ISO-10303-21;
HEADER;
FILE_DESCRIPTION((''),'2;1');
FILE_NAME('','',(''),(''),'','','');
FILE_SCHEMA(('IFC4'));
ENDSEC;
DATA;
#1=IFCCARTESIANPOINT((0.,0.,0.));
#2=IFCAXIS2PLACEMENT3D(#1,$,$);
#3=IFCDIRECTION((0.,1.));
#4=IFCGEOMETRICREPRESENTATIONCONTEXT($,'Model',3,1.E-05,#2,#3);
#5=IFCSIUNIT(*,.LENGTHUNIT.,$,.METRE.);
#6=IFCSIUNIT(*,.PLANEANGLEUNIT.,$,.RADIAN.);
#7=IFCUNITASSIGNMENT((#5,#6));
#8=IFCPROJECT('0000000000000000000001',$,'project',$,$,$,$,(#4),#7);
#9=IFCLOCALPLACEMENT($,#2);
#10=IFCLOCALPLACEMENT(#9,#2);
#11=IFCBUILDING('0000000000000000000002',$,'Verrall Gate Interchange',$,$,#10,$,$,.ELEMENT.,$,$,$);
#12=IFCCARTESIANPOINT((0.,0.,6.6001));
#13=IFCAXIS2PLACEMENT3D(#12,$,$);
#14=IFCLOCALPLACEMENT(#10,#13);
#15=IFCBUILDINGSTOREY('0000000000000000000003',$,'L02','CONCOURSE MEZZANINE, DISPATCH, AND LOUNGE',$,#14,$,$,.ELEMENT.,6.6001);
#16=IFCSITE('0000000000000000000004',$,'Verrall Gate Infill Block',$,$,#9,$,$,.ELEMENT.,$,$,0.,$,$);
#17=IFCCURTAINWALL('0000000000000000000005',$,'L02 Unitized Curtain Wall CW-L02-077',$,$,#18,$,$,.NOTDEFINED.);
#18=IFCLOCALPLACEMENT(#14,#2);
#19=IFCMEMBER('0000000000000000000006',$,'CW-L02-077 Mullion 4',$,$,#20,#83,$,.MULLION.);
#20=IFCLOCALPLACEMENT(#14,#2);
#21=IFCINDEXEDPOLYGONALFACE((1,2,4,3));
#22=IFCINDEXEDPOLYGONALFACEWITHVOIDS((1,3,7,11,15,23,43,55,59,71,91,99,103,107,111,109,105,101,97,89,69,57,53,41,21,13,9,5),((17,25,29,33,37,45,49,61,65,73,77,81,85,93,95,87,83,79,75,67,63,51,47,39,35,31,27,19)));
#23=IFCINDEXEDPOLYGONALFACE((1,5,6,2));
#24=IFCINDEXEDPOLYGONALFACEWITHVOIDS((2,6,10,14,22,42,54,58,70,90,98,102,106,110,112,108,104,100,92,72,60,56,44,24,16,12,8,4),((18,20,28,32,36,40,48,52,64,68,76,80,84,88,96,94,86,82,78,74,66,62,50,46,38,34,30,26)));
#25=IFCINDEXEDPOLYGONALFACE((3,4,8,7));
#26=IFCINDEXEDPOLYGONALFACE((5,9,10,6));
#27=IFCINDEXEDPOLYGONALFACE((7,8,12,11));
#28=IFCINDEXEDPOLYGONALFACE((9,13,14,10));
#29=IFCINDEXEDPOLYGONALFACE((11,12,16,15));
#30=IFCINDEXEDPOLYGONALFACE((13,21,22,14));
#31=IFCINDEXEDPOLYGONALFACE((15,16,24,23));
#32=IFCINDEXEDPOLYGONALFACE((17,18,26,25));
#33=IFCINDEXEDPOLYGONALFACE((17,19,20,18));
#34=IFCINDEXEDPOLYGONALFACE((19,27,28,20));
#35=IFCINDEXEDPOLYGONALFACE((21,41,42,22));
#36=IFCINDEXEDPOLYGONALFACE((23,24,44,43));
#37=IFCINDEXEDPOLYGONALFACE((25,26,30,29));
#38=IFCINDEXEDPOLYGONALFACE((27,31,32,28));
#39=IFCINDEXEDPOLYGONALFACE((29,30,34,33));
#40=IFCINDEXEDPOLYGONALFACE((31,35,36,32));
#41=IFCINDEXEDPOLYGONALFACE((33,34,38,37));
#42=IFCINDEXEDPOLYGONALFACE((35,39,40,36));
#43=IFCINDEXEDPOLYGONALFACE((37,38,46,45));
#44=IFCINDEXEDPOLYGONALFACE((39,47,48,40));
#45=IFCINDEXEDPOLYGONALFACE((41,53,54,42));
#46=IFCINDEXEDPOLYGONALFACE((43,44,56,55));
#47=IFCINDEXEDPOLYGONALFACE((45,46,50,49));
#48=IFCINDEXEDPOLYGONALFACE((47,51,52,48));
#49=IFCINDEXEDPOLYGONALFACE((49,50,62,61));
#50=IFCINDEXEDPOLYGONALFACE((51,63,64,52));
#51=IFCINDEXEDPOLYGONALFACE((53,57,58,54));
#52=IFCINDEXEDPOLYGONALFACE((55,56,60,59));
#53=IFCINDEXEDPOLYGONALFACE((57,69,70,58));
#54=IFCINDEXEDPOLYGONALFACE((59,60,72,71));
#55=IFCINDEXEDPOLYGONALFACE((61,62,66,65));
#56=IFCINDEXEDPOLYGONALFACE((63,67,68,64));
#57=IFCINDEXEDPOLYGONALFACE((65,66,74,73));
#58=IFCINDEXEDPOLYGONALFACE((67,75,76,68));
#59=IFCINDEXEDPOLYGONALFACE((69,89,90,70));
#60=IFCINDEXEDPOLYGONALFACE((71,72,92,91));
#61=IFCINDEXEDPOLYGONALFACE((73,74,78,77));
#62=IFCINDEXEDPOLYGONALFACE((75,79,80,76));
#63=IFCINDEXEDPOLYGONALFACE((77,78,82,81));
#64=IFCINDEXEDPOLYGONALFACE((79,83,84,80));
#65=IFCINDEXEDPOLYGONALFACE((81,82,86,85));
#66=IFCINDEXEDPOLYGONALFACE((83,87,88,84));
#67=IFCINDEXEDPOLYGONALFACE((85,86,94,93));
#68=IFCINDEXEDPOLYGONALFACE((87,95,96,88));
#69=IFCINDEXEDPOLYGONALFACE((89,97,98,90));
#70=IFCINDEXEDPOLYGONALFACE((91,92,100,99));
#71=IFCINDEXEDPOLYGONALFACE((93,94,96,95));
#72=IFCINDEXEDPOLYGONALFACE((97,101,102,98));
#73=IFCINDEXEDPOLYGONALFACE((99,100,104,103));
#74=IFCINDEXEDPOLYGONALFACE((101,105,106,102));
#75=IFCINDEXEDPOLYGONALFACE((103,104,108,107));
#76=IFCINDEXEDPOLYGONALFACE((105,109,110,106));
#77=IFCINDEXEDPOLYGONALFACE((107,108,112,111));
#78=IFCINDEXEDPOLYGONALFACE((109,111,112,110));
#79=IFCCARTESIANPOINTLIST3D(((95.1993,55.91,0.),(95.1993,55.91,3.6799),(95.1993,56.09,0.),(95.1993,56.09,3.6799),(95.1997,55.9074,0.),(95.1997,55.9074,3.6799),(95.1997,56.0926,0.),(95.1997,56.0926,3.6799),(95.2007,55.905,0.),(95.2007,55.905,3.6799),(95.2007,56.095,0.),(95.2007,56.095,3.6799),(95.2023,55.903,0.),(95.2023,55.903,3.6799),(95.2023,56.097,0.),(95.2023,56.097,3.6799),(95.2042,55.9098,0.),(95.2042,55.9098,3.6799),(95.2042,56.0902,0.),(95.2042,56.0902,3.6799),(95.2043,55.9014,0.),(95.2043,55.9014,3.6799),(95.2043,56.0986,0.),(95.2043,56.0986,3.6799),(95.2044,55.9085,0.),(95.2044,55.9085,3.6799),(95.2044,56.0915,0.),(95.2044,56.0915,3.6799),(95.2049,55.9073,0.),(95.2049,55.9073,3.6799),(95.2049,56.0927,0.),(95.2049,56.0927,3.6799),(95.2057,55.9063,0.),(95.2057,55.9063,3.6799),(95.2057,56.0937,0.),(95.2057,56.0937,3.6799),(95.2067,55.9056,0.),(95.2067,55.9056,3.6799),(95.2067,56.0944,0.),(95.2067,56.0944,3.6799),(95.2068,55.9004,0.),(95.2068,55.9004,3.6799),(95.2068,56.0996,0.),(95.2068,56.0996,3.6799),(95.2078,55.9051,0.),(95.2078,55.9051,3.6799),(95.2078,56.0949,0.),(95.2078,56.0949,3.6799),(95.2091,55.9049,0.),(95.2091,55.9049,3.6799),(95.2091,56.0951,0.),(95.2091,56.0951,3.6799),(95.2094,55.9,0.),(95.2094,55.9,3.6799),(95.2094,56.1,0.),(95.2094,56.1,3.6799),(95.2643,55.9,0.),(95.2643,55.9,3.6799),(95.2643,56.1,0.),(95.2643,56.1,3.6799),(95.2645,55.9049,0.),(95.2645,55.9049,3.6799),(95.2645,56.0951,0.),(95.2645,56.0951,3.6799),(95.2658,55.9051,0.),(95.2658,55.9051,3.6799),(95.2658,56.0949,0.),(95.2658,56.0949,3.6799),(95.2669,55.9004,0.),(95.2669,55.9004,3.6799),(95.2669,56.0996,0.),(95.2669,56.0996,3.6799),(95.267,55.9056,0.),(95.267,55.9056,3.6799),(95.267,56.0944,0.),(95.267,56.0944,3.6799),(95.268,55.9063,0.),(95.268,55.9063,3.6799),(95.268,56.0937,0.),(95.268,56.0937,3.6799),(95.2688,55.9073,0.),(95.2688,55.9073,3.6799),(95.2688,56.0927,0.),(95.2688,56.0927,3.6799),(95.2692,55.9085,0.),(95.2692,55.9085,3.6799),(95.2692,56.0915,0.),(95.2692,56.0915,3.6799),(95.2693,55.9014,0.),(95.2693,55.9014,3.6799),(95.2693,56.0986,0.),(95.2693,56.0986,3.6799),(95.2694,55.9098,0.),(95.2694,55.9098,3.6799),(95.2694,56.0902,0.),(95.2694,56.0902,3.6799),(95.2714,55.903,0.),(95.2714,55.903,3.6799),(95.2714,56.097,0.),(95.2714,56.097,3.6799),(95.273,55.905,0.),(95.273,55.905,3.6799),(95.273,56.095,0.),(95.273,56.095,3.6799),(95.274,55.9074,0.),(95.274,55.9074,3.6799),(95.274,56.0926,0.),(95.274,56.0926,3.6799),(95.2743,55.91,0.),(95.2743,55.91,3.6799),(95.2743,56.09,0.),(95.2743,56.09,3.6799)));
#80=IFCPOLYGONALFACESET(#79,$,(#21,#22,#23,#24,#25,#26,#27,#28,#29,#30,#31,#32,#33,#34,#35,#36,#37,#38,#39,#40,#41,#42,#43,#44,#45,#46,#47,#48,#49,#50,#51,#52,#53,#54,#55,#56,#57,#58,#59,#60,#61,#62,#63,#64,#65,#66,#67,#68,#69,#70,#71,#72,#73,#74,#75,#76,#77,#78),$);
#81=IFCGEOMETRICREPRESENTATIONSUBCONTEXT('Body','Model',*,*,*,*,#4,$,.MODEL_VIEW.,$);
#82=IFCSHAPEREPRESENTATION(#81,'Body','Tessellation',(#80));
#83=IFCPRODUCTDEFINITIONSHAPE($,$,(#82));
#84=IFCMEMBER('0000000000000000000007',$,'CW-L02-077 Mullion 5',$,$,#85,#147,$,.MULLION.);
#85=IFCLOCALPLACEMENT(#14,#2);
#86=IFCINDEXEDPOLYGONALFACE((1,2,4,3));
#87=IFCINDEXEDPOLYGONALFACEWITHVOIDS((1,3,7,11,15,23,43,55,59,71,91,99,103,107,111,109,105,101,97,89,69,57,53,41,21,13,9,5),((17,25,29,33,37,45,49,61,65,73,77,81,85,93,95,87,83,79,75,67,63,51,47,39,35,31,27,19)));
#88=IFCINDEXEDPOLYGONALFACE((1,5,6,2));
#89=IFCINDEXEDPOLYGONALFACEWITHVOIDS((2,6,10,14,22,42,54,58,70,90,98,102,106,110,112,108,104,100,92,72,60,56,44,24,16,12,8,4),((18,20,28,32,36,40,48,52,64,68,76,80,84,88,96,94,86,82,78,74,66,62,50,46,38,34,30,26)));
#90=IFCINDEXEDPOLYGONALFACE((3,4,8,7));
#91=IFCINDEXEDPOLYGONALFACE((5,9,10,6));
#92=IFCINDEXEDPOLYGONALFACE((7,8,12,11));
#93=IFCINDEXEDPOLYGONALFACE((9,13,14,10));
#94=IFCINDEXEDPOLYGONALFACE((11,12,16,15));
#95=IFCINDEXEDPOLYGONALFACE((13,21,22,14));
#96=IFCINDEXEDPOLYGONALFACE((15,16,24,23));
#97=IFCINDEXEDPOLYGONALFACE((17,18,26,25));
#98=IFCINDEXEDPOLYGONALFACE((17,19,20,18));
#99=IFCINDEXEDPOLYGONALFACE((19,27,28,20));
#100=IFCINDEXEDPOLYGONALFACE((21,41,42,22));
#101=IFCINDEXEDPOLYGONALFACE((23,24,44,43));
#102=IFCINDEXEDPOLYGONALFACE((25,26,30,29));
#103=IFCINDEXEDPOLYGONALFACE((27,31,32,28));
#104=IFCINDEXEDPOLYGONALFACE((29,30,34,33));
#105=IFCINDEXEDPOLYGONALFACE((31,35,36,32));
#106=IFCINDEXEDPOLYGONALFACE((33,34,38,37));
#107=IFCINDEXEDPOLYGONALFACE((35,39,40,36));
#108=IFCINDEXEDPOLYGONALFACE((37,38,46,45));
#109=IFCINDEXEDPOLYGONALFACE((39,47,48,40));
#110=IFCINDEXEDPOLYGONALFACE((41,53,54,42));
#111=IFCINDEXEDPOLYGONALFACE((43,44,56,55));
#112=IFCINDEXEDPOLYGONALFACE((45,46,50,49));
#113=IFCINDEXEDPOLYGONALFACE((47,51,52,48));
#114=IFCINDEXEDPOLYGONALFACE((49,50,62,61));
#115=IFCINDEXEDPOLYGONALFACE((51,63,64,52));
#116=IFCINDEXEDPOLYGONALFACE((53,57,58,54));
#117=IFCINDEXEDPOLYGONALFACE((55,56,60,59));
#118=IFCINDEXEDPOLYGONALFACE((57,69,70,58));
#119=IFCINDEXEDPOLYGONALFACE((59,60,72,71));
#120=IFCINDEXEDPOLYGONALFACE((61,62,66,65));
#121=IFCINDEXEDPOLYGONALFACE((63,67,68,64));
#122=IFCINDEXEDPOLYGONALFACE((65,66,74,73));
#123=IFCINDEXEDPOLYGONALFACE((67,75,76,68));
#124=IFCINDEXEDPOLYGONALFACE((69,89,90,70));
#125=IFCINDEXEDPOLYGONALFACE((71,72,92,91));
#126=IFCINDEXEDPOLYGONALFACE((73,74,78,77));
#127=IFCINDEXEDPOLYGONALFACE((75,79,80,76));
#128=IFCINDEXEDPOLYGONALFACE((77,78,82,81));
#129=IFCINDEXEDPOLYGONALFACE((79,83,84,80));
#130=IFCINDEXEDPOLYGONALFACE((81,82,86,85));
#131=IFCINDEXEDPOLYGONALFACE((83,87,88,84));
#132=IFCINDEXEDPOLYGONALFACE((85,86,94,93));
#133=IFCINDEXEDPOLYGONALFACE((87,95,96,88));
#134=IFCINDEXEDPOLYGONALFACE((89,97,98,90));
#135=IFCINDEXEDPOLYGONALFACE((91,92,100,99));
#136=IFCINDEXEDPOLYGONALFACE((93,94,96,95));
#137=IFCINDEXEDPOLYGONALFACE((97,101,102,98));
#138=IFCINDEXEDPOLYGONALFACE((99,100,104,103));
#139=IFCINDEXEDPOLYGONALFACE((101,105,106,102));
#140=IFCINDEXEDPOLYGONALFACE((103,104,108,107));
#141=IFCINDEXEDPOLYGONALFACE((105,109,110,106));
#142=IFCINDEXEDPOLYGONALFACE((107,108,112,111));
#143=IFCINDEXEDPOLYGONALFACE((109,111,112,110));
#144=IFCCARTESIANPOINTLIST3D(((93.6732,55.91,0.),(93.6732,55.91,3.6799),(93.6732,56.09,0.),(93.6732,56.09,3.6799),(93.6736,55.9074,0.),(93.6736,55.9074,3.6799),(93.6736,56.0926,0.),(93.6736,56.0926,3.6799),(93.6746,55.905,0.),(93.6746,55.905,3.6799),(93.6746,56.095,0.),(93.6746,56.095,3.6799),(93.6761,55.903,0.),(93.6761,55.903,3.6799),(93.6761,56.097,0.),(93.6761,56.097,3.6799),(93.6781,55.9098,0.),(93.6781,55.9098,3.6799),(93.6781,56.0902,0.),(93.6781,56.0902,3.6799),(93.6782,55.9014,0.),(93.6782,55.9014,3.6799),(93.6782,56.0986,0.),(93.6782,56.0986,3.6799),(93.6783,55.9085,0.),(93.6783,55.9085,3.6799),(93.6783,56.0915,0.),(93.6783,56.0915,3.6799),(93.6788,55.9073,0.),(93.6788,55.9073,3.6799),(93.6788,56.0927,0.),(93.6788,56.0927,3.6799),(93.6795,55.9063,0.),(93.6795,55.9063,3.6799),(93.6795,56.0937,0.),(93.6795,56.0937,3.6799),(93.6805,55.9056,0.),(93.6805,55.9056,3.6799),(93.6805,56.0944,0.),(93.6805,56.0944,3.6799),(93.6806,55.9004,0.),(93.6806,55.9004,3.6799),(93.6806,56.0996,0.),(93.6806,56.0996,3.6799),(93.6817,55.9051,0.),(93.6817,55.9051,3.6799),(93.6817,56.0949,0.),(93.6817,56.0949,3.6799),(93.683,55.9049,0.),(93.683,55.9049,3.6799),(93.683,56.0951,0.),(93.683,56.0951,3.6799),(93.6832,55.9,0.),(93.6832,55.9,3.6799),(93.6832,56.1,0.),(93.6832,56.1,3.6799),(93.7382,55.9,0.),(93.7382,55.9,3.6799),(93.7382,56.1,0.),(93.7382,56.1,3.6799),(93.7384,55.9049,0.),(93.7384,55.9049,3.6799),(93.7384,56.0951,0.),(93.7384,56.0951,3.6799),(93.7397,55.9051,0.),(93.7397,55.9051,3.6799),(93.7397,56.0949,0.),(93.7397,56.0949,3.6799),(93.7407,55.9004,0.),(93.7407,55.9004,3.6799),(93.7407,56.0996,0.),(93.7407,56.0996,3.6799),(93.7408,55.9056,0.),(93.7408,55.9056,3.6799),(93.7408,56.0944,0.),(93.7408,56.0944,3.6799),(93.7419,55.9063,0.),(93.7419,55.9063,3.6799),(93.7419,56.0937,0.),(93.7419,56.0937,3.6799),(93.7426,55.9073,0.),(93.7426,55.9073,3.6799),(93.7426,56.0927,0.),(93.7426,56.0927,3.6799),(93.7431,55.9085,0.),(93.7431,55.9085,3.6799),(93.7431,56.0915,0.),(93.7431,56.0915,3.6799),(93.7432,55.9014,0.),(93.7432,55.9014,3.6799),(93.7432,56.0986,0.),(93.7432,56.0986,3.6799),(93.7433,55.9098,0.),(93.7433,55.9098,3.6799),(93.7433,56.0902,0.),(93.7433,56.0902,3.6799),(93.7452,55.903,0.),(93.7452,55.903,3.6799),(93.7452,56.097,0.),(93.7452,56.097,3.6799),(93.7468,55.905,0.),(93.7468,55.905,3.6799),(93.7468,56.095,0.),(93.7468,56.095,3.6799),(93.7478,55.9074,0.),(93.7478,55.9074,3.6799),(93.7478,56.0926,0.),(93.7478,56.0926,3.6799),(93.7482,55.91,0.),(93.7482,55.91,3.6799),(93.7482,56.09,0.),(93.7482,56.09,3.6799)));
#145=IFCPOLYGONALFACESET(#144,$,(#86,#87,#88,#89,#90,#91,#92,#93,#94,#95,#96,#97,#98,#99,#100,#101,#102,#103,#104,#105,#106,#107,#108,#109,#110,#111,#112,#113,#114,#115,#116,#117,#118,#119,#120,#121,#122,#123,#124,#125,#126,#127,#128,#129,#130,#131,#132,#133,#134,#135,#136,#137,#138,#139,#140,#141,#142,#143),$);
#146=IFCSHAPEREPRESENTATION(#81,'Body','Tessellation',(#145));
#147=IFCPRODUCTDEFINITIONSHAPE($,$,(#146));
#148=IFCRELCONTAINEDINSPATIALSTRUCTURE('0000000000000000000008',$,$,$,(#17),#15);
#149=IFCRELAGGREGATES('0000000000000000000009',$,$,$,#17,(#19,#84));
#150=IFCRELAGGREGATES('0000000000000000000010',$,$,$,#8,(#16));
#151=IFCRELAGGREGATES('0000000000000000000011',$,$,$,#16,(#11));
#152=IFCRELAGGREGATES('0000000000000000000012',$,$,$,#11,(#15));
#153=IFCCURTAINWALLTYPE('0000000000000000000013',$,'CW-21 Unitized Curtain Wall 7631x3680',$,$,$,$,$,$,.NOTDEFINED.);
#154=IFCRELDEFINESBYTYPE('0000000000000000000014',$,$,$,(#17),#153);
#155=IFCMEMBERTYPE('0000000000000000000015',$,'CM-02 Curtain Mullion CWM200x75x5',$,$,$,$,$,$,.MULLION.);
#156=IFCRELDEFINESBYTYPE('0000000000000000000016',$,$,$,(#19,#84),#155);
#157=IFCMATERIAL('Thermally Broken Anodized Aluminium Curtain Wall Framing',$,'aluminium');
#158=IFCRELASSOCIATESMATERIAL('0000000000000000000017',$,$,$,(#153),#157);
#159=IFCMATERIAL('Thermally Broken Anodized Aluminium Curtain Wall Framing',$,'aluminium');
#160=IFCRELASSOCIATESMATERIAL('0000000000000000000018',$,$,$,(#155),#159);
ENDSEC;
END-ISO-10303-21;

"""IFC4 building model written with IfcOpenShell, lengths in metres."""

from ifc_helpers import new_model, si_unit, direction, frame, origin, origin_2d, place, context, subcontext, project, spatial, hollow_rectangle, extrude, material, material_profile, profile_set, type_object, element, aggregate, save


model = new_model("IFC4")

# Units and contexts
model_context = context("Model", 3, precision=1e-05, world=origin(), true_north=direction((0.0, 1.0)))
body_context = subcontext(model_context, "Body", "Model", "MODEL_VIEW")
ifc_project = project(units=[si_unit("LENGTHUNIT", "METRE"), si_unit("PLANEANGLEUNIT", "RADIAN")], contexts=[model_context])

# Site, building, storey
site_placement = place(None, origin())
site = spatial("IfcSite", under=ifc_project, at=site_placement, Name="Verrall Gate Infill Block", CompositionType="ELEMENT", RefElevation=0.0)
building_placement = place(site_placement, origin())
building = spatial("IfcBuilding", under=site, at=building_placement, Name="Verrall Gate Interchange", CompositionType="ELEMENT")
storey_placement = place(building_placement, frame((0.0, 0.0, 6.6001)))
storey = spatial("IfcBuildingStorey", under=building, at=storey_placement, Name="L02", Description="CONCOURSE MEZZANINE, DISPATCH, AND LOUNGE", CompositionType="ELEMENT", Elevation=6.6001)

# Shared definitions
ifc_material_1 = material(Name="Thermally Broken Anodized Aluminium Curtain Wall Framing", Category="aluminium")
curtain_wall_type = type_object("IfcCurtainWallType", Name="CW-21 Unitized Curtain Wall 7631x3680", PredefinedType="NOTDEFINED", material=ifc_material_1)

# Curtain wall, members
curtain_wall_1_placement = place(storey_placement, origin())
curtain_wall_1 = element("IfcCurtainWall", 1, at=curtain_wall_1_placement, inside=storey, type_object=curtain_wall_type, Name="L02 Unitized Curtain Wall CW-L02-077", PredefinedType="NOTDEFINED")
ifc_material_2 = material(Name="Thermally Broken Anodized Aluminium Curtain Wall Framing", Category="aluminium")
ifc_material_profile_1 = material_profile(ifc_material_2, hollow_rectangle(XDim=0.075, YDim=0.2, WallThickness=0.0049, InnerFilletRadius=0.0049, OuterFilletRadius=0.01, at=origin_2d()), Name="CWM200x75x5")
ifc_profile_set_1 = profile_set([ifc_material_profile_1], Name="Thermally Broken Anodized Aluminium Curtain Wall Framing")
member_type_1 = type_object("IfcMemberType", Name="CM-02 Curtain Mullion CWM200x75x5", PredefinedType="MULLION", material=ifc_profile_set_1)
member_1_placement = place(storey_placement, frame((95.2368, 56.0, 0.0), z_axis=(0.0, 0.0, 1.0), x_axis=(-1.0, 0.0, 0.0)))
member_1 = element("IfcMember", 2, at=member_1_placement, type_object=member_type_1, Name="CW-L02-077 Mullion 4", PredefinedType="MULLION", context=body_context, shape_type="SweptSolid", body=[
    extrude(hollow_rectangle(XDim=0.075, YDim=0.2, WallThickness=0.0049, InnerFilletRadius=0.0049, OuterFilletRadius=0.01, at=origin_2d()), origin(), (0.0, 0.0, 1.0), 3.6799),
])
member_2_placement = place(storey_placement, frame((93.7107, 56.0, 0.0), z_axis=(0.0, 0.0, 1.0), x_axis=(-1.0, 0.0, 0.0)))
member_2 = element("IfcMember", 3, at=member_2_placement, type_object=member_type_1, Name="CW-L02-077 Mullion 5", PredefinedType="MULLION", context=body_context, shape_type="SweptSolid", body=[
    extrude(hollow_rectangle(XDim=0.075, YDim=0.2, WallThickness=0.0049, InnerFilletRadius=0.0049, OuterFilletRadius=0.01, at=origin_2d()), origin(), (0.0, 0.0, 1.0), 3.6799),
])

aggregate(curtain_wall_1, [member_1, member_2])

save(model, "model.ifc")
